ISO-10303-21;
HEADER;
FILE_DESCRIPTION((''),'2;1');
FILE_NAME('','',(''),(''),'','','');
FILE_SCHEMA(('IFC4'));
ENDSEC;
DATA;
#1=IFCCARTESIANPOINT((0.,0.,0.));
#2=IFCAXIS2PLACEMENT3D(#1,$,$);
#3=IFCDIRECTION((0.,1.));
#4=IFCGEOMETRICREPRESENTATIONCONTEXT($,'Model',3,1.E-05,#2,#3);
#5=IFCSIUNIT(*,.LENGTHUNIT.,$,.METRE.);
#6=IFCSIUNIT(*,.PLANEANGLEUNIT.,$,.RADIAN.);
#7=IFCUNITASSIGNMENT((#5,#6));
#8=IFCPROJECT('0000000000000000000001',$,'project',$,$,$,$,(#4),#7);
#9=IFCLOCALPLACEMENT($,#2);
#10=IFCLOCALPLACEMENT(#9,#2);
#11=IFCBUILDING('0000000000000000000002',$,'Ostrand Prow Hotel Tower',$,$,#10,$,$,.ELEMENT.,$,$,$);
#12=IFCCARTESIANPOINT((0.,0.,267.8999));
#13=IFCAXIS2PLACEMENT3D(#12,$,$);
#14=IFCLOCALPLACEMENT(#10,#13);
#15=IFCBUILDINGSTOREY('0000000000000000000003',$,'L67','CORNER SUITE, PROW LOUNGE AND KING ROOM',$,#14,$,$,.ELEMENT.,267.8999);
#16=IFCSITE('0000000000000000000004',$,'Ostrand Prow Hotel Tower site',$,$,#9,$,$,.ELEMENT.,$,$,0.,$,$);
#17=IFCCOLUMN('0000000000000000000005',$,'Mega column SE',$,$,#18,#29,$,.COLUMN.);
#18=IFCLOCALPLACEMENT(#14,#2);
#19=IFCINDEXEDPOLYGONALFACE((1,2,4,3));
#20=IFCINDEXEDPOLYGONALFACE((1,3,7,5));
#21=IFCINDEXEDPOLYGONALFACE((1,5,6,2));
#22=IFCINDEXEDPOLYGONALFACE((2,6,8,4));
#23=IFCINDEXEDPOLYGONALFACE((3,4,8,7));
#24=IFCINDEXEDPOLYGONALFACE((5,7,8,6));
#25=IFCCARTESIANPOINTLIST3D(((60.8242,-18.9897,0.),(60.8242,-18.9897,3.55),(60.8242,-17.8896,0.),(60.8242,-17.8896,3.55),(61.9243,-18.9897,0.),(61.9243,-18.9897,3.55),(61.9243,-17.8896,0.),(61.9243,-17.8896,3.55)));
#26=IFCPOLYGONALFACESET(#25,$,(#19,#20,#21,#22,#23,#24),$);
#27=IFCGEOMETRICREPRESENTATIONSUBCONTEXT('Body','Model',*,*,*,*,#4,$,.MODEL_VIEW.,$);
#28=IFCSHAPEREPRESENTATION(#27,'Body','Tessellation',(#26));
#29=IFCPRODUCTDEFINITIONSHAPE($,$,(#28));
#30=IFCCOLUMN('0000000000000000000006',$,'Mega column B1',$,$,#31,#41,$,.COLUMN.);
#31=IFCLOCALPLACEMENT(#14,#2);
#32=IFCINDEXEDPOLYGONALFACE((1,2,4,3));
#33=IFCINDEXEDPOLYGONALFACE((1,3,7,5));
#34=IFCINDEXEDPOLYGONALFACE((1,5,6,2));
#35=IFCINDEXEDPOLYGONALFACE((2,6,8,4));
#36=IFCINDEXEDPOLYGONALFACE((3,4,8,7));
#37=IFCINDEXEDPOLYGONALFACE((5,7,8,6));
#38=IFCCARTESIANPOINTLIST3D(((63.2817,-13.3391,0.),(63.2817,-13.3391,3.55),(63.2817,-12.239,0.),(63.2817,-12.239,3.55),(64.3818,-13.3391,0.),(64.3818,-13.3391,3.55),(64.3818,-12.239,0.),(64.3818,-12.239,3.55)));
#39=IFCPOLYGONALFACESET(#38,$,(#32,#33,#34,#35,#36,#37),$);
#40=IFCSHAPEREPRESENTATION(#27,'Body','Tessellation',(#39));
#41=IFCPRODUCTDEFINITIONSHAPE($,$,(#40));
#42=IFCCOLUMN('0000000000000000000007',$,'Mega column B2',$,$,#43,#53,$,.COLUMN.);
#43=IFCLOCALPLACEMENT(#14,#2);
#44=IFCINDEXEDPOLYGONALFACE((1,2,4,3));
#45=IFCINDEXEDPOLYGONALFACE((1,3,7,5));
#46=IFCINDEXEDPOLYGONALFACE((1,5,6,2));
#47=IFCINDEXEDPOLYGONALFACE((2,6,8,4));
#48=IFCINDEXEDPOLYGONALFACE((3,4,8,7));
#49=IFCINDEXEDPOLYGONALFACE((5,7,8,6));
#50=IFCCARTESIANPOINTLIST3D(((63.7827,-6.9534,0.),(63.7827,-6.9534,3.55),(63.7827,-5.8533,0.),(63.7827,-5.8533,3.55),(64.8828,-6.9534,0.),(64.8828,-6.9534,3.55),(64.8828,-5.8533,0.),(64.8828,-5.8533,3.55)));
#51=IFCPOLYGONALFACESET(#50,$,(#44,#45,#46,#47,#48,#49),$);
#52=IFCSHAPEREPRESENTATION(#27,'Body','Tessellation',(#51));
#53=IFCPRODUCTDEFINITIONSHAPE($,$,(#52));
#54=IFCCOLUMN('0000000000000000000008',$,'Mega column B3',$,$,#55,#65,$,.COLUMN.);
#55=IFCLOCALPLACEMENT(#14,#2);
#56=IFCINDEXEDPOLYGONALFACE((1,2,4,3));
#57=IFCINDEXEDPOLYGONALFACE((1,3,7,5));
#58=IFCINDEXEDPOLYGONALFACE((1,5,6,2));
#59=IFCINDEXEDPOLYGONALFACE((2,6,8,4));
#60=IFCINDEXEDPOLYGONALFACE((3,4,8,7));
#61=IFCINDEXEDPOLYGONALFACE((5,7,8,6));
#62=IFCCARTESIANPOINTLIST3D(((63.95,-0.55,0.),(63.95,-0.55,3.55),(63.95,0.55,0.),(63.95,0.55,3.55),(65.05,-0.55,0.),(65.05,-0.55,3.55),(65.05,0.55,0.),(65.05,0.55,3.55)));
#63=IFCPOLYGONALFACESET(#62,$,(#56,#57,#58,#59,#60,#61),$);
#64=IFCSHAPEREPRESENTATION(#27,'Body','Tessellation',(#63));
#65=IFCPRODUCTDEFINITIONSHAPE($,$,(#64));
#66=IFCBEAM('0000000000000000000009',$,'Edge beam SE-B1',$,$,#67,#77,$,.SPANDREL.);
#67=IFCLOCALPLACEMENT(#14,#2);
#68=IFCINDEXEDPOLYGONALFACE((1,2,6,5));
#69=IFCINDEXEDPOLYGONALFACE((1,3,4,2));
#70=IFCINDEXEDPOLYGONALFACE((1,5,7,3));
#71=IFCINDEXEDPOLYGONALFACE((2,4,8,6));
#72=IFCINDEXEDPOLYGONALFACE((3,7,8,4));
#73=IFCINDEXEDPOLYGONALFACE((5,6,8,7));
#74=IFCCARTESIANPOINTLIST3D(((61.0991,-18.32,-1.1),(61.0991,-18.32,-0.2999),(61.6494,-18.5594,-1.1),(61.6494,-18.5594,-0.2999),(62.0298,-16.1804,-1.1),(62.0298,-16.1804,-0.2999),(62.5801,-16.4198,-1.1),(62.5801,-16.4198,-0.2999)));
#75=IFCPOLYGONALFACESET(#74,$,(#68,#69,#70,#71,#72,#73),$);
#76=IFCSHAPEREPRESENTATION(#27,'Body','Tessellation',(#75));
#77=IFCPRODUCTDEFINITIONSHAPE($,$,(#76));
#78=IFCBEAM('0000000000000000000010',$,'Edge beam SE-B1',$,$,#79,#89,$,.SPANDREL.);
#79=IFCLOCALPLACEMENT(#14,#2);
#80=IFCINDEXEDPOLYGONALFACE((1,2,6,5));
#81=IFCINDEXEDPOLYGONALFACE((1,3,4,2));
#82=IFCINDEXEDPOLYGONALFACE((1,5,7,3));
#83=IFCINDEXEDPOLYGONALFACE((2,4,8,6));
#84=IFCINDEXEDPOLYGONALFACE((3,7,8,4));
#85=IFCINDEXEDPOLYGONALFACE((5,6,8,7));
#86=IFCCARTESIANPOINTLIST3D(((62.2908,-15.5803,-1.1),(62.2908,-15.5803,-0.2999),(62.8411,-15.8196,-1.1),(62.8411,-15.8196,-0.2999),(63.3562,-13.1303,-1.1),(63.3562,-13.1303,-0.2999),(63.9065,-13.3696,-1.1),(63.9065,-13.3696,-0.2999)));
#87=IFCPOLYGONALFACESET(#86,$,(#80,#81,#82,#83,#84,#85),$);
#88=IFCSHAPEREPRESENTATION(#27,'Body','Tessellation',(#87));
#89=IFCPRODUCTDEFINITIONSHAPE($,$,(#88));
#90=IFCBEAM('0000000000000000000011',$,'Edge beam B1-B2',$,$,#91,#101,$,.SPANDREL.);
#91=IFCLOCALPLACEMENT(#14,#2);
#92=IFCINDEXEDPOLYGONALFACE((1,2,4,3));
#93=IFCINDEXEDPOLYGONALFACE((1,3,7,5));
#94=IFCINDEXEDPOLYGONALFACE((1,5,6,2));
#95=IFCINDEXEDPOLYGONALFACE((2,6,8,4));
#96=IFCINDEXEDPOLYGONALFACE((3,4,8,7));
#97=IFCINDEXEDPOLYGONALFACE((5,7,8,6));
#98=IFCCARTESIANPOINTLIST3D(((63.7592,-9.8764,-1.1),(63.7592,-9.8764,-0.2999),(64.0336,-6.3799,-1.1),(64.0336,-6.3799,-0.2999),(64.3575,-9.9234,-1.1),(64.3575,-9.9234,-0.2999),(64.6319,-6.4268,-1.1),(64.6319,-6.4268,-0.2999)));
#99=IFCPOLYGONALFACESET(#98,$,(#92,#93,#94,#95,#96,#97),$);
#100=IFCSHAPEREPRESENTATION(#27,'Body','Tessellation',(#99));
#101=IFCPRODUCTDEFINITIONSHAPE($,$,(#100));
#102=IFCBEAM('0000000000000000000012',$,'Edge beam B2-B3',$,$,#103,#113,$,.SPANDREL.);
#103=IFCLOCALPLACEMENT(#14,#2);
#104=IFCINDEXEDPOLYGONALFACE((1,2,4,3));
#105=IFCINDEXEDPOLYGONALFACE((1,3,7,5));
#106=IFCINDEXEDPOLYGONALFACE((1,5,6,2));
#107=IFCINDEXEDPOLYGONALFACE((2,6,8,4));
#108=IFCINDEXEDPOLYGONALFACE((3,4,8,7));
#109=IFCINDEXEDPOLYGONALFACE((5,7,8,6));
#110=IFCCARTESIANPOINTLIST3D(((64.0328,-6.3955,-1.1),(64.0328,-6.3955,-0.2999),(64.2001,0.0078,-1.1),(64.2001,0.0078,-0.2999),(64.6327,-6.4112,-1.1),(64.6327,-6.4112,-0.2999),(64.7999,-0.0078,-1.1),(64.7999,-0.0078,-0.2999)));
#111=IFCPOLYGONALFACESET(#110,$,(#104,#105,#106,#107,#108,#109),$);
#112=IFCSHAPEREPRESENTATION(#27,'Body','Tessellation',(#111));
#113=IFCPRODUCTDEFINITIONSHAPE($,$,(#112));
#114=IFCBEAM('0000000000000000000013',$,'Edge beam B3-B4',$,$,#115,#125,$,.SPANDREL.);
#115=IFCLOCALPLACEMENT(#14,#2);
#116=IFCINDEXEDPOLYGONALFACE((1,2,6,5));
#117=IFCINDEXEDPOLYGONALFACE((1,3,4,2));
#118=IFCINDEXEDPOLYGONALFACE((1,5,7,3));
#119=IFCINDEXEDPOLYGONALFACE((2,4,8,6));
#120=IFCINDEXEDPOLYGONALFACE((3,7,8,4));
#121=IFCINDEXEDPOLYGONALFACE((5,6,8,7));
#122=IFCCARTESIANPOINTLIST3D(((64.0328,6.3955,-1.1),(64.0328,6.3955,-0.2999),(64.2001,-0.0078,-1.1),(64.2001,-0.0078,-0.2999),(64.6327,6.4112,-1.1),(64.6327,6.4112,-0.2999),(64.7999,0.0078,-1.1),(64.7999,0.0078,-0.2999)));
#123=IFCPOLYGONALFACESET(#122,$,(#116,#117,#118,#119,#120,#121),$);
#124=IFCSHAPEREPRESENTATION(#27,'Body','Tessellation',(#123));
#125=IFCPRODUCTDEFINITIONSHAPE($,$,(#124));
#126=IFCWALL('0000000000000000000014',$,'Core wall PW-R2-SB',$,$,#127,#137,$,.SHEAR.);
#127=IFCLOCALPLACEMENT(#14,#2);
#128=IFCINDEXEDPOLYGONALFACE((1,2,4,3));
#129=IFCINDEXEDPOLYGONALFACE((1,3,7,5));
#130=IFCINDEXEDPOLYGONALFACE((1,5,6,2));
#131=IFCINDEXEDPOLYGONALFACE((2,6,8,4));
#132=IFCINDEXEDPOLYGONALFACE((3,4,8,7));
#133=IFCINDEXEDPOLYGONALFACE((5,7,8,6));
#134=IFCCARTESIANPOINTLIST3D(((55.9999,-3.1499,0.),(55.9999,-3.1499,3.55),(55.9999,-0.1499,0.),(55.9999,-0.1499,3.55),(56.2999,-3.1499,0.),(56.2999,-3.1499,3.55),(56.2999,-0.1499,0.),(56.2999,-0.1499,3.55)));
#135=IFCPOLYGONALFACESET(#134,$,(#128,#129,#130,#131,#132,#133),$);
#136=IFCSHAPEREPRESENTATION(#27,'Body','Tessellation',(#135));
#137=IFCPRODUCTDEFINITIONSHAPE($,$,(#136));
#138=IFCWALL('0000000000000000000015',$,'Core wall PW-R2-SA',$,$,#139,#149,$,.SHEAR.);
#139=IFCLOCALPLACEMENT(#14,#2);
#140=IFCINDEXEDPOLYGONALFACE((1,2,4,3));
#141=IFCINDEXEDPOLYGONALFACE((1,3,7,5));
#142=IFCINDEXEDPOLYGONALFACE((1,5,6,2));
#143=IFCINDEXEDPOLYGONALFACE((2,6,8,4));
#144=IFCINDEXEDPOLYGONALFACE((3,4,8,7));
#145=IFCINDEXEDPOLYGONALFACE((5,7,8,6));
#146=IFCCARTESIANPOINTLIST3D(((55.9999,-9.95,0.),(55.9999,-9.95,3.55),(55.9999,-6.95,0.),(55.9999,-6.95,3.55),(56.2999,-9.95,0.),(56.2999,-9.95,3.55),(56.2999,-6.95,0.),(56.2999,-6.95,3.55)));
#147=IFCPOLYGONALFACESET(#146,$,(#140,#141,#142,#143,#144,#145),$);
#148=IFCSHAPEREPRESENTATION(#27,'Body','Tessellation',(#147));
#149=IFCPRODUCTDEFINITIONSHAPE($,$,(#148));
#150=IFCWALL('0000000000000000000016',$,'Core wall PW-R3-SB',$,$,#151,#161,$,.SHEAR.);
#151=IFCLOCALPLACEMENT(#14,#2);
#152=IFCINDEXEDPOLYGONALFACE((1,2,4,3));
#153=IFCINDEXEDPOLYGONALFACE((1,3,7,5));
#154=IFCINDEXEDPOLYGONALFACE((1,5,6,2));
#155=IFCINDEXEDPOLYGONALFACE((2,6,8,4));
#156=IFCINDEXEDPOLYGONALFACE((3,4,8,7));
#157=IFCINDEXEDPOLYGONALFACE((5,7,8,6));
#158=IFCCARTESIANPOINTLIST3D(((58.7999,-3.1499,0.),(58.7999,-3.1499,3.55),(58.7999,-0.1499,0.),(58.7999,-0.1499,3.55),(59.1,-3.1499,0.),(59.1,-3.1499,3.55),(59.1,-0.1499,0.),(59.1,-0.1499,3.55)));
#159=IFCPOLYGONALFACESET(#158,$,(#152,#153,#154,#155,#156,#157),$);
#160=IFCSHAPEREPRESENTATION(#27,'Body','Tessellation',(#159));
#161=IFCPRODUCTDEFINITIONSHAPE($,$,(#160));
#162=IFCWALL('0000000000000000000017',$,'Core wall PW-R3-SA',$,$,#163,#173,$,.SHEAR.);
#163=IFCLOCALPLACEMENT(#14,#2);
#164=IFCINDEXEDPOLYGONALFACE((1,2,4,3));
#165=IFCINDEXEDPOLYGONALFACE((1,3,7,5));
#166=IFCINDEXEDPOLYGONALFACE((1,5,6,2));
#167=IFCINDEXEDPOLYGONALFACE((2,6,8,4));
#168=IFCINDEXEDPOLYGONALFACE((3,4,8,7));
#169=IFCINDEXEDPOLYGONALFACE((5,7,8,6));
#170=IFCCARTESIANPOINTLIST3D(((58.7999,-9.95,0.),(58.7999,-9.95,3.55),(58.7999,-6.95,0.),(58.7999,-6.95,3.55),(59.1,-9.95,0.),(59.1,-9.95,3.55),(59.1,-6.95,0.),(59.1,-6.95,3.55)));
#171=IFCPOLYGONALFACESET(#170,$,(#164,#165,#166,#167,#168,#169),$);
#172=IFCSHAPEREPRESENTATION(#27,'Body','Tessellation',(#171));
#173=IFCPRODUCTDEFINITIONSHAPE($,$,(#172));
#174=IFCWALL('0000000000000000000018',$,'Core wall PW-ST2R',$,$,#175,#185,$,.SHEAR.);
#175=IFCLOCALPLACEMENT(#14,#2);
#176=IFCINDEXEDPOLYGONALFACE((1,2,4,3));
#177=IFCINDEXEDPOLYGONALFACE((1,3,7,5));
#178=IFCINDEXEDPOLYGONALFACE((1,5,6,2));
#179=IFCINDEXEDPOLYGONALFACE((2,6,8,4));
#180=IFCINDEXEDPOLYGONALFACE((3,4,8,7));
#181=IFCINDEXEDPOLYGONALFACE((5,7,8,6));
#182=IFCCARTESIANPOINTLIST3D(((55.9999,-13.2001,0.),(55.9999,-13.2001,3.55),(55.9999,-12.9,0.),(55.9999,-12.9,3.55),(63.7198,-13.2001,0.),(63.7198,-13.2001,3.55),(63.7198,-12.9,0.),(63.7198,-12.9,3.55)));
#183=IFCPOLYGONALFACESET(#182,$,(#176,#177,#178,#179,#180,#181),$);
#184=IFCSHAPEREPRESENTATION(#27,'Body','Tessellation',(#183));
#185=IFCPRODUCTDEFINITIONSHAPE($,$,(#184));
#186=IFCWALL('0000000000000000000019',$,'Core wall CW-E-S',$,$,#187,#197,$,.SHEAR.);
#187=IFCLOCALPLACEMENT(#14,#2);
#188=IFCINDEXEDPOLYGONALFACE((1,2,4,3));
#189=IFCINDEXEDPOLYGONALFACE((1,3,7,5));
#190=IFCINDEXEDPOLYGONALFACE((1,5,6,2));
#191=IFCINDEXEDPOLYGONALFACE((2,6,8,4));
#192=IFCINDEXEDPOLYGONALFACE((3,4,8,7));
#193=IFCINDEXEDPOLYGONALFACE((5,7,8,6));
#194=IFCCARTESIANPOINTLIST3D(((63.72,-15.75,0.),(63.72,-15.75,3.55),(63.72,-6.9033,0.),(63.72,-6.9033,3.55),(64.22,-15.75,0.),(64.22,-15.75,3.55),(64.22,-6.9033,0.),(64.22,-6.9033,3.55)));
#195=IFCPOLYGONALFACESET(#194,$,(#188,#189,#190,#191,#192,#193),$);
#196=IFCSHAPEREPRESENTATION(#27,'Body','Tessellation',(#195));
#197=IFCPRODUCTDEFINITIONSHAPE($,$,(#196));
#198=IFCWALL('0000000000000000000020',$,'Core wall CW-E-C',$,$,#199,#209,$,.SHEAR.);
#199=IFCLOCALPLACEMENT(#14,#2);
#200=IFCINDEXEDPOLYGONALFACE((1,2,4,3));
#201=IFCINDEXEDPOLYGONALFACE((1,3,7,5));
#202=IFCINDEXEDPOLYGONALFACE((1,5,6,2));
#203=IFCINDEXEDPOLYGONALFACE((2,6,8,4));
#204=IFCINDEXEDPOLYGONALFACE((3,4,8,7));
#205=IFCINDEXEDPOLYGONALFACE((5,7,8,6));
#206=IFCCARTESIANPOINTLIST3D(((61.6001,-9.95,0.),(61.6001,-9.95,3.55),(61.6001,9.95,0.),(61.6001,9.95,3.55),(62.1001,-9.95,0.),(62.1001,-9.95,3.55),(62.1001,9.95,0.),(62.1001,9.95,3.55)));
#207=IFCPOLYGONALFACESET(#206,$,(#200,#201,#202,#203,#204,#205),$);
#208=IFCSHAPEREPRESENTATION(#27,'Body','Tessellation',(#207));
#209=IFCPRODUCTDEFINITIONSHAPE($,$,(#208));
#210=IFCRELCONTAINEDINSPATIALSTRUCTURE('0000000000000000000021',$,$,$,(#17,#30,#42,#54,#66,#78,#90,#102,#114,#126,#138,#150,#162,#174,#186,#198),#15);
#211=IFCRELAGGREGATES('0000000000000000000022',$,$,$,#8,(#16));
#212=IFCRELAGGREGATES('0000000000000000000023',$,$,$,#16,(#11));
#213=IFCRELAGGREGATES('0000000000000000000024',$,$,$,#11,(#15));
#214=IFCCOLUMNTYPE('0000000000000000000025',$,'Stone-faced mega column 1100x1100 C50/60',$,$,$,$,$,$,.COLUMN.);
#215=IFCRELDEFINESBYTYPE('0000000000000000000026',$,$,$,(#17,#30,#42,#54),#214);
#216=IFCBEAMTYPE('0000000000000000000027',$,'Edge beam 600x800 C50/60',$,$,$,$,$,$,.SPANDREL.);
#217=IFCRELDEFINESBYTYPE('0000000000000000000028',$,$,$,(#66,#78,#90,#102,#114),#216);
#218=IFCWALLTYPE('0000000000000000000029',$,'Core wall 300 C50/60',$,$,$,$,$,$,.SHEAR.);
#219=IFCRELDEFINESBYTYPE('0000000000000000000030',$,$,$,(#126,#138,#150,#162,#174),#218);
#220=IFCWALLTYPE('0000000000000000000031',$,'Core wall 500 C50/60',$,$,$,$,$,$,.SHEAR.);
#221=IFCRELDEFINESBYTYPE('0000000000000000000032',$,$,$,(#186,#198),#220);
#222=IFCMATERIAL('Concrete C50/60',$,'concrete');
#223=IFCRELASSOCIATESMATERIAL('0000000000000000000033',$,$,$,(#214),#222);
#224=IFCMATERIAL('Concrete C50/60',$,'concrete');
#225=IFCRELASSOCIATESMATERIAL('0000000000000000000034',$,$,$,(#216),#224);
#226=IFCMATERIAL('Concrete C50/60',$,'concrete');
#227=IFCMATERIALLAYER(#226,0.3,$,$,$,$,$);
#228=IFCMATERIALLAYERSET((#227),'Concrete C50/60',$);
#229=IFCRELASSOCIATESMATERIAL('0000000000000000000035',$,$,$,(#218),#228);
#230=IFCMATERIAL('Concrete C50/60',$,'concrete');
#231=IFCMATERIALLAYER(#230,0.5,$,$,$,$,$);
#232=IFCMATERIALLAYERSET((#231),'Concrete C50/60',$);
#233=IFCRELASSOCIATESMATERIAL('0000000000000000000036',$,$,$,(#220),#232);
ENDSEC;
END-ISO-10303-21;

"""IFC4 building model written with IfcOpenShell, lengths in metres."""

from ifc_helpers import new_model, si_unit, direction, frame, frame_2d, origin, origin_2d, place, context, subcontext, project, spatial, rectangle, extrude, material, layer, layer_set, material_profile, profile_set, type_object, element, save


model = new_model("IFC4")

# Units and contexts
model_context = context("Model", 3, precision=1e-05, world=origin(), true_north=direction((0.0, 1.0)))
body_context = subcontext(model_context, "Body", "Model", "MODEL_VIEW")
ifc_project = project(units=[si_unit("LENGTHUNIT", "METRE"), si_unit("PLANEANGLEUNIT", "RADIAN")], contexts=[model_context])

# Site, building, storey
site_placement = place(None, origin())
site = spatial("IfcSite", under=ifc_project, at=site_placement, Name="Ostrand Prow Hotel Tower site", CompositionType="ELEMENT", RefElevation=0.0)
building_placement = place(site_placement, origin())
building = spatial("IfcBuilding", under=site, at=building_placement, Name="Ostrand Prow Hotel Tower", CompositionType="ELEMENT")
storey_placement = place(building_placement, frame((0.0, 0.0, 267.8999)))
storey = spatial("IfcBuildingStorey", under=building, at=storey_placement, Name="L67", Description="CORNER SUITE, PROW LOUNGE AND KING ROOM", CompositionType="ELEMENT", Elevation=267.8999)

# Columns
ifc_material_1 = material(Name="Concrete C50/60", Category="concrete")
ifc_material_profile_1 = material_profile(ifc_material_1, rectangle(XDim=1.1001, YDim=1.1001, at=origin_2d()), Name="RC 1100x1100")
ifc_profile_set_1 = profile_set([ifc_material_profile_1], Name="Concrete C50/60")
column_type = type_object("IfcColumnType", Name="Stone-faced mega column 1100x1100 C50/60", PredefinedType="COLUMN", material=ifc_profile_set_1)
for number, where, z_axis, x_axis, name in (
    (1, (61.3743, -18.4397, 0.0), (0.0, 0.0, 1.0), (1.0, 0.0, 0.0), "Mega column SE"),
    (2, (63.8318, -12.7891, 0.0), (0.0, 0.0, 1.0), (1.0, 0.0, 0.0), "Mega column B1"),
    (3, (64.3328, -6.4033, 0.0), (0.0, 0.0, 1.0), (1.0, 0.0, 0.0), "Mega column B2"),
    (4, (64.5, 0.0, 0.0), (0.0, 0.0, 1.0), (1.0, 0.0, 0.0), "Mega column B3"),
):
    element("IfcColumn", number, at=place(storey_placement, frame(where, z_axis=z_axis, x_axis=x_axis)), inside=storey, type_object=column_type, Name=name, PredefinedType="COLUMN", context=body_context, shape_type="SweptSolid", body=[
        extrude(rectangle(XDim=1.1001, YDim=1.1001, at=origin_2d()), origin(), (0.0, 0.0, 1.0), 3.55),
    ])

# Beams
ifc_material_2 = material(Name="Concrete C50/60", Category="concrete")
ifc_material_profile_2 = material_profile(ifc_material_2, rectangle(XDim=0.6001, YDim=0.8, at=origin_2d()), Name="RC 600x800")
ifc_profile_set_2 = profile_set([ifc_material_profile_2], Name="Concrete C50/60")
beam_type = type_object("IfcBeamType", Name="Edge beam 600x800 C50/60", PredefinedType="SPANDREL", material=ifc_profile_set_2)
beam_1_placement = place(storey_placement, frame((61.3743, -18.4397, -0.7), z_axis=(0.398864, 0.91701, 0.0), x_axis=(-0.91701, 0.398864, 0.0)))
element("IfcBeam", 5, at=beam_1_placement, inside=storey, type_object=beam_type, Name="Edge beam SE-B1", PredefinedType="SPANDREL", context=body_context, shape_type="SweptSolid", body=[
    extrude(rectangle(XDim=0.6001, YDim=0.8, at=origin_2d()), origin(), (0.0, 0.0, 1.0), 2.3333),
])
beam_2_placement = place(storey_placement, frame((62.5659, -15.7, -0.7), z_axis=(0.3988, 0.917038, 0.0), x_axis=(-0.917038, 0.3988, 0.0)))
element("IfcBeam", 6, at=beam_2_placement, inside=storey, type_object=beam_type, Name="Edge beam SE-B1", PredefinedType="SPANDREL", context=body_context, shape_type="SweptSolid", body=[
    extrude(rectangle(XDim=0.6001, YDim=0.8, at=origin_2d()), origin(), (0.0, 0.0, 1.0), 2.6716),
])
beam_3_placement = place(storey_placement, frame((64.0583, -9.8999, -0.7), z_axis=(0.07824, 0.996935, 0.0), x_axis=(-0.996935, 0.07824, 0.0)))
element("IfcBeam", 7, at=beam_3_placement, inside=storey, type_object=beam_type, Name="Edge beam B1-B2", PredefinedType="SPANDREL", context=body_context, shape_type="SweptSolid", body=[
    extrude(rectangle(XDim=0.6001, YDim=0.8, at=origin_2d()), origin(), (0.0, 0.0, 1.0), 3.5073),
])
for number, where, z_axis, x_axis, name in (
    (8, (64.3328, -6.4033, -0.7), (0.026108, 0.999659, 0.0), (-0.999659, 0.026108, 0.0), "Edge beam B2-B3"),
    (9, (64.5, 0.0, -0.7), (-0.026108, 0.999659, 0.0), (-0.999659, -0.026108, 0.0), "Edge beam B3-B4"),
):
    element("IfcBeam", number, at=place(storey_placement, frame(where, z_axis=z_axis, x_axis=x_axis)), inside=storey, type_object=beam_type, Name=name, PredefinedType="SPANDREL", context=body_context, shape_type="SweptSolid", body=[
        extrude(rectangle(XDim=0.6001, YDim=0.8, at=origin_2d()), origin(), (0.0, 0.0, 1.0), 6.4055),
    ])

# Walls
ifc_material_3 = material(Name="Concrete C50/60", Category="concrete")
ifc_layer_1 = layer(ifc_material_3, 0.3)
ifc_layer_set_1 = layer_set([ifc_layer_1], Name="Concrete C50/60")
wall_type_1 = type_object("IfcWallType", Name="Core wall 300 C50/60", PredefinedType="SHEAR", material=ifc_layer_set_1)
for number, where, z_axis, x_axis, name in (
    (10, (56.1499, -3.1499, 0.0), (0.0, 0.0, 1.0), (0.0, 1.0, 0.0), "Core wall PW-R2-SB"),
    (11, (56.1499, -9.95, 0.0), (0.0, 0.0, 1.0), (0.0, 1.0, 0.0), "Core wall PW-R2-SA"),
    (12, (58.95, -3.1499, 0.0), (0.0, 0.0, 1.0), (0.0, 1.0, 0.0), "Core wall PW-R3-SB"),
    (13, (58.95, -9.95, 0.0), (0.0, 0.0, 1.0), (0.0, 1.0, 0.0), "Core wall PW-R3-SA"),
):
    element("IfcWall", number, at=place(storey_placement, frame(where, z_axis=z_axis, x_axis=x_axis)), inside=storey, type_object=wall_type_1, Name=name, PredefinedType="SHEAR", context=body_context, shape_type="SweptSolid", body=[
        extrude(rectangle(XDim=3.0, YDim=0.3, at=frame_2d((1.5, 0.0))), origin(), (0.0, 0.0, 1.0), 3.55),
    ])
wall_1_placement = place(storey_placement, frame((56.0, -13.05, 0.0), z_axis=(0.0, 0.0, 1.0), x_axis=(1.0, 0.0, 0.0)))
element("IfcWall", 14, at=wall_1_placement, inside=storey, type_object=wall_type_1, Name="Core wall PW-ST2R", PredefinedType="SHEAR", context=body_context, shape_type="SweptSolid", body=[
    extrude(rectangle(XDim=7.72, YDim=0.3, at=frame_2d((3.8599, 0.0))), origin(), (0.0, 0.0, 1.0), 3.55),
])
ifc_material_4 = material(Name="Concrete C50/60", Category="concrete")
ifc_layer_2 = layer(ifc_material_4, 0.5)
ifc_layer_set_2 = layer_set([ifc_layer_2], Name="Concrete C50/60")
wall_type_2 = type_object("IfcWallType", Name="Core wall 500 C50/60", PredefinedType="SHEAR", material=ifc_layer_set_2)
wall_2_placement = place(storey_placement, frame((63.97, -15.75, 0.0), z_axis=(0.0, 0.0, 1.0), x_axis=(0.0, 1.0, 0.0)))
element("IfcWall", 15, at=wall_2_placement, inside=storey, type_object=wall_type_2, Name="Core wall CW-E-S", PredefinedType="SHEAR", context=body_context, shape_type="SweptSolid", body=[
    extrude(rectangle(XDim=8.8467, YDim=0.5, at=frame_2d((4.4233, 0.0))), origin(), (0.0, 0.0, 1.0), 3.55),
])
wall_3_placement = place(storey_placement, frame((61.8501, -9.95, 0.0), z_axis=(0.0, 0.0, 1.0), x_axis=(0.0, 1.0, 0.0)))
element("IfcWall", 16, at=wall_3_placement, inside=storey, type_object=wall_type_2, Name="Core wall CW-E-C", PredefinedType="SHEAR", context=body_context, shape_type="SweptSolid", body=[
    extrude(rectangle(XDim=19.8999, YDim=0.5, at=frame_2d((9.95, 0.0))), origin(), (0.0, 0.0, 1.0), 3.55),
])

save(model, "model.ifc")
